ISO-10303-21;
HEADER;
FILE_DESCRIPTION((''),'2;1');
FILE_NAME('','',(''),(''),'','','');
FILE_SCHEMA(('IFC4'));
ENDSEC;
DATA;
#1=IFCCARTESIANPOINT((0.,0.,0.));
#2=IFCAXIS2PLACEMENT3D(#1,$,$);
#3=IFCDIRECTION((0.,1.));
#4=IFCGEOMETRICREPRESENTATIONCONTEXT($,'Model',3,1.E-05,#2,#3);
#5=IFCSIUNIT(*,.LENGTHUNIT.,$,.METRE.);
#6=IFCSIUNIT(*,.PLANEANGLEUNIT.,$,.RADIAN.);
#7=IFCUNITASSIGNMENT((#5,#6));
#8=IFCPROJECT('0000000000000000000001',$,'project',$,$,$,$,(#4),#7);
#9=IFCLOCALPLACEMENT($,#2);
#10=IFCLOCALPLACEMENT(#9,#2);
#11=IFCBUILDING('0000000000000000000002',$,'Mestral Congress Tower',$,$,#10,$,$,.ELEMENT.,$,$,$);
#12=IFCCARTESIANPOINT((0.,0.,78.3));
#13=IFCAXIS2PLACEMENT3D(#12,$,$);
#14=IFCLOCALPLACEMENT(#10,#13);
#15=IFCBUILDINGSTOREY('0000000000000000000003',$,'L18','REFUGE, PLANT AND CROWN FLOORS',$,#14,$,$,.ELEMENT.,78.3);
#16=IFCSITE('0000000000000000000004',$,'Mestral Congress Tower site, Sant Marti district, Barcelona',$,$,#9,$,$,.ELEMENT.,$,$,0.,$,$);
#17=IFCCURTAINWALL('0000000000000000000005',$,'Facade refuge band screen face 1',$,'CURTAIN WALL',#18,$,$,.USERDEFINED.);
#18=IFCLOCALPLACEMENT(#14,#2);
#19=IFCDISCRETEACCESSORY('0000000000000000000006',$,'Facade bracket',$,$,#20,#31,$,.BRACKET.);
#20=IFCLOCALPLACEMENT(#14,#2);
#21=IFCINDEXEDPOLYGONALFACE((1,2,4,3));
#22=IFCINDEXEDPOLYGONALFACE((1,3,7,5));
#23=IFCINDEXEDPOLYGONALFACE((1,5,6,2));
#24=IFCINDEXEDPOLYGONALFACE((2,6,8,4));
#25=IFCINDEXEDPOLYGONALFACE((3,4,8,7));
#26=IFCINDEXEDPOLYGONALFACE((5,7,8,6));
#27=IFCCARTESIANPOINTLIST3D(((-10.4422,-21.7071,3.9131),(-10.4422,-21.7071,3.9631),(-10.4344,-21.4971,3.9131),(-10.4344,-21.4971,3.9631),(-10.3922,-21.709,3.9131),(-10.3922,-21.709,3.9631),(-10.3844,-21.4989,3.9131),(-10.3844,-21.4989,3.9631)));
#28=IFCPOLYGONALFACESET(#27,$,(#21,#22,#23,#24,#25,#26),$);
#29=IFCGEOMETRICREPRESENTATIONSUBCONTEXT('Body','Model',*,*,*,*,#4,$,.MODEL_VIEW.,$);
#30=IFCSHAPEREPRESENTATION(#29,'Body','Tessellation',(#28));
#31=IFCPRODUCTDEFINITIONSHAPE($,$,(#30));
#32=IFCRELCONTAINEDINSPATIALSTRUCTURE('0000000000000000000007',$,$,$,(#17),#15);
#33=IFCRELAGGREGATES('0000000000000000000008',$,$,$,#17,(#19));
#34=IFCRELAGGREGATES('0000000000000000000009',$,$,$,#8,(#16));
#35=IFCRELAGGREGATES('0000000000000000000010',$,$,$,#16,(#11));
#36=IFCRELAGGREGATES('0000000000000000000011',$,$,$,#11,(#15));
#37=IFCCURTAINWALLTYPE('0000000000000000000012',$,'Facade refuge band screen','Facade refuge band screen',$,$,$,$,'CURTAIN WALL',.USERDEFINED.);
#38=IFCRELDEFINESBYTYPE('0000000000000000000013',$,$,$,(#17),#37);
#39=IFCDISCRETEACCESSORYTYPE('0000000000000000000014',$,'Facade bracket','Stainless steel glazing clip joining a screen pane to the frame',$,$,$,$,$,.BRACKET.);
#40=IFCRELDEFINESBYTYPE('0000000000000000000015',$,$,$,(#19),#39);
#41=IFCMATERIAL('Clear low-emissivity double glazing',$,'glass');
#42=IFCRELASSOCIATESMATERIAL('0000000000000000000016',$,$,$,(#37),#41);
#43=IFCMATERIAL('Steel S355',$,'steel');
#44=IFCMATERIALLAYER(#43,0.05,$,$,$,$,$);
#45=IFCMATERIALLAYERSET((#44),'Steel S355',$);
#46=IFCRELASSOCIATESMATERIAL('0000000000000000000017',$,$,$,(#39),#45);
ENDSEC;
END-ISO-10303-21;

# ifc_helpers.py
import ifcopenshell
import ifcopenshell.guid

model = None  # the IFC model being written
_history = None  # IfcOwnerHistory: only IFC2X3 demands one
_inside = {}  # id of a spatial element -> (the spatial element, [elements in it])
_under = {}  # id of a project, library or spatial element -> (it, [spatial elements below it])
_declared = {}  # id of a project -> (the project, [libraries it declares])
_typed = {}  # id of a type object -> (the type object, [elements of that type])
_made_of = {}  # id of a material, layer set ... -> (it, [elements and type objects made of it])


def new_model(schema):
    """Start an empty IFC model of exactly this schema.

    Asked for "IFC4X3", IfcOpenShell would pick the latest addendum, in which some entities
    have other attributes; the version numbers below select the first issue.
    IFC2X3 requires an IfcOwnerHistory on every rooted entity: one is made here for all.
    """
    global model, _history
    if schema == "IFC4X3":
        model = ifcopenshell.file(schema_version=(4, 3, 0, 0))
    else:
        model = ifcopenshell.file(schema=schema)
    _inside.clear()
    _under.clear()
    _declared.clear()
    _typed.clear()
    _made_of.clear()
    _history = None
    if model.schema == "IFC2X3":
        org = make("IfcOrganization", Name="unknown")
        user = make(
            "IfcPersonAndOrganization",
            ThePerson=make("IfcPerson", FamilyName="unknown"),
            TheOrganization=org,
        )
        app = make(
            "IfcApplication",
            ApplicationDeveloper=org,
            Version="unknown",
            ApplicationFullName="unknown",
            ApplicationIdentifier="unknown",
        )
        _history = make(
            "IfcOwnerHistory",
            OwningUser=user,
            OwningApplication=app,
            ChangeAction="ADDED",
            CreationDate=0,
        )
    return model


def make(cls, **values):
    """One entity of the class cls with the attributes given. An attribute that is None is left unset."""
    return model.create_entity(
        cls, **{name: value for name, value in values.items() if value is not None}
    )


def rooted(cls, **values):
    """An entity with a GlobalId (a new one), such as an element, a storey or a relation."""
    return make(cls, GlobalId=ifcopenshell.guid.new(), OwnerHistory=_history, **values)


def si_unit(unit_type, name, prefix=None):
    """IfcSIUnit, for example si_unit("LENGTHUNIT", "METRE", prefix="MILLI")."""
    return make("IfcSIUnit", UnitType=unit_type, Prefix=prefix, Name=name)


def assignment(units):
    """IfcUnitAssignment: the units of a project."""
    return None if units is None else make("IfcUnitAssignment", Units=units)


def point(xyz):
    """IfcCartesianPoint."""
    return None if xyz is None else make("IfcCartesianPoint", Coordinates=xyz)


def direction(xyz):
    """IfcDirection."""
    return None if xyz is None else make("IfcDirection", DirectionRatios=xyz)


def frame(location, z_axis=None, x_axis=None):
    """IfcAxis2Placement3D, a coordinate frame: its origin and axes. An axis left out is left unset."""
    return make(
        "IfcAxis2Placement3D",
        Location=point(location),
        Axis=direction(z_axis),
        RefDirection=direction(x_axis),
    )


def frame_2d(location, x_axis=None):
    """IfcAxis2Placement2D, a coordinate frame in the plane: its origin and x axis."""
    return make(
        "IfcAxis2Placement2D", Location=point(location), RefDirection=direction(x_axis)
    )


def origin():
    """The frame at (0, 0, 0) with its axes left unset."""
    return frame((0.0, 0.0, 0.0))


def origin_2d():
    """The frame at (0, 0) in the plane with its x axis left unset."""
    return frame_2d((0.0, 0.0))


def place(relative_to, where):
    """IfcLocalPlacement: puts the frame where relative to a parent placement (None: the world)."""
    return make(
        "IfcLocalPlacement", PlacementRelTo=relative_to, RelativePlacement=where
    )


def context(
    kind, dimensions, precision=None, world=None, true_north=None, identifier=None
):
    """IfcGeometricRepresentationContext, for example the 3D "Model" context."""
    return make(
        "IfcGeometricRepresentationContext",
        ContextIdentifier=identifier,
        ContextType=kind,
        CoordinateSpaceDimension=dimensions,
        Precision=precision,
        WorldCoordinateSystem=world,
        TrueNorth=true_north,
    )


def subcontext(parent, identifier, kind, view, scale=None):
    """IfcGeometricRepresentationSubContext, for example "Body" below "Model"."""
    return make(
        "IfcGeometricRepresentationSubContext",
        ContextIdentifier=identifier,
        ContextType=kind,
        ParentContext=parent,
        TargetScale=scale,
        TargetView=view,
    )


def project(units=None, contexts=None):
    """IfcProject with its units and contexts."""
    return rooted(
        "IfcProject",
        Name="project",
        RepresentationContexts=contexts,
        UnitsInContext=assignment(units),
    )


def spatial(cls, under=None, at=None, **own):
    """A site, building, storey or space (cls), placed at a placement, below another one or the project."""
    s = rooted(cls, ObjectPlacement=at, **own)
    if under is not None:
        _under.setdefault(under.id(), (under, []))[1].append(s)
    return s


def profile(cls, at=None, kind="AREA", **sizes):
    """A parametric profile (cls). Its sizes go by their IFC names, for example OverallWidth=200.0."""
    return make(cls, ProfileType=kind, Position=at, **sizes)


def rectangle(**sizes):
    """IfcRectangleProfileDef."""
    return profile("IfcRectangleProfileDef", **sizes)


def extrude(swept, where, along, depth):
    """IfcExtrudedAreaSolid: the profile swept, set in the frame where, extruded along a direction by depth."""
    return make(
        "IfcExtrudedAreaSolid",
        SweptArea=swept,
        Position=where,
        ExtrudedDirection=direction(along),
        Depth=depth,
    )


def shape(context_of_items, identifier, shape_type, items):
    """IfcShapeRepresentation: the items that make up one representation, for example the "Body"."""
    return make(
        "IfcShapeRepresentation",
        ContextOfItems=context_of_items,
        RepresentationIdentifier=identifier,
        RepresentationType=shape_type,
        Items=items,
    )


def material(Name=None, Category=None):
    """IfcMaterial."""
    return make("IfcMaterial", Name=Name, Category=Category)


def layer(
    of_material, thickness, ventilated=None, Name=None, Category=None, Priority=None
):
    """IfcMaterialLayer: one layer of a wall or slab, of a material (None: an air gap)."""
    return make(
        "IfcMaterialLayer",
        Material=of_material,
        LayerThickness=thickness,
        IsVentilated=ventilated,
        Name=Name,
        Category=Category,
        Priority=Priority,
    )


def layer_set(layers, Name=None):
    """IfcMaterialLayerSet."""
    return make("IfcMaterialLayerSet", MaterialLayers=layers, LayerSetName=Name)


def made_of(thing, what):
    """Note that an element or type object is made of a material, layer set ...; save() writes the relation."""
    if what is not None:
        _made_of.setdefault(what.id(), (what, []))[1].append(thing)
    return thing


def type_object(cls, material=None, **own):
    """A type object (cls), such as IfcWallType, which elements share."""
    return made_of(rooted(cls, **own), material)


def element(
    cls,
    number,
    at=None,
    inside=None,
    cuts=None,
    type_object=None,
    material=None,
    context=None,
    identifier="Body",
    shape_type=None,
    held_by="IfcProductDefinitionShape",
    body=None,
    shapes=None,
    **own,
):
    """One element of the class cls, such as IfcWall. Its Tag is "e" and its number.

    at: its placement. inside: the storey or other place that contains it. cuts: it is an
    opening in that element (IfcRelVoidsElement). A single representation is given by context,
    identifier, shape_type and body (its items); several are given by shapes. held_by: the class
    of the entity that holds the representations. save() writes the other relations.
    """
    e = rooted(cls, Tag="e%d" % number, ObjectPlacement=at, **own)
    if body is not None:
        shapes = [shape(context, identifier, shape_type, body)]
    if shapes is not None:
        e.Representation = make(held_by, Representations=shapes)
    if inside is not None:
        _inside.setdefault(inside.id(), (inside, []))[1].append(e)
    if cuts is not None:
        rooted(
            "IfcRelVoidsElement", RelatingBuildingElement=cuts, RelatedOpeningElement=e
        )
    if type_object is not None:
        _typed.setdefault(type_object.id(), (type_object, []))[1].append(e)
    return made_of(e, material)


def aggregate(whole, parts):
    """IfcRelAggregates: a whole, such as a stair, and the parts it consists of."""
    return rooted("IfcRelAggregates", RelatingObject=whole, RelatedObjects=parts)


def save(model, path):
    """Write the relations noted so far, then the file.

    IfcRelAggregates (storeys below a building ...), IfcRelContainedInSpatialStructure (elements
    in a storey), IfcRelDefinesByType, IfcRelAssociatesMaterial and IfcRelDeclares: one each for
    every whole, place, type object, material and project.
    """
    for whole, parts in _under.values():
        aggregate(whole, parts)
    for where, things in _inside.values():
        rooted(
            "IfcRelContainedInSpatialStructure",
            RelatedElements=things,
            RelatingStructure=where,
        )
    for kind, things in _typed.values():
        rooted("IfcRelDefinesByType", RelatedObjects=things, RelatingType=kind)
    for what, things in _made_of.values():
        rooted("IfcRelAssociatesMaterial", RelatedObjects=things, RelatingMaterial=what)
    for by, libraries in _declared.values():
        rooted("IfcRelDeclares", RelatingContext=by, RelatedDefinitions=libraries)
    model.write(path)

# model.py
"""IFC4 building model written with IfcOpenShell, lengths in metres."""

from ifc_helpers import new_model, si_unit, direction, frame, origin, origin_2d, place, context, subcontext, project, spatial, rectangle, extrude, material, layer, layer_set, type_object, element, aggregate, save


model = new_model("IFC4")

# Units and contexts
model_context = context("Model", 3, precision=1e-05, world=origin(), true_north=direction((0.0, 1.0)))
body_context = subcontext(model_context, "Body", "Model", "MODEL_VIEW")
ifc_project = project(units=[si_unit("LENGTHUNIT", "METRE"), si_unit("PLANEANGLEUNIT", "RADIAN")], contexts=[model_context])

# Site, building, storey
site_placement = place(None, origin())
site = spatial("IfcSite", under=ifc_project, at=site_placement, Name="Mestral Congress Tower site, Sant Marti district, Barcelona", CompositionType="ELEMENT", RefElevation=0.0)
building_placement = place(site_placement, origin())
building = spatial("IfcBuilding", under=site, at=building_placement, Name="Mestral Congress Tower", CompositionType="ELEMENT")
storey_placement = place(building_placement, frame((0.0, 0.0, 78.3)))
storey = spatial("IfcBuildingStorey", under=building, at=storey_placement, Name="L18", Description="REFUGE, PLANT AND CROWN FLOORS", CompositionType="ELEMENT", Elevation=78.3)

# Shared definitions
ifc_material_1 = material(Name="Steel S355", Category="steel")

# Curtain wall
ifc_material_2 = material(Name="Clear low-emissivity double glazing", Category="glass")
curtain_wall_type = type_object("IfcCurtainWallType", Name="Facade refuge band screen", Description="Facade refuge band screen", ElementType="CURTAIN WALL", PredefinedType="USERDEFINED", material=ifc_material_2)
curtain_wall_placement = place(storey_placement, origin())
curtain_wall = element("IfcCurtainWall", 1, at=curtain_wall_placement, inside=storey, type_object=curtain_wall_type, Name="Facade refuge band screen face 1", ObjectType="CURTAIN WALL", PredefinedType="USERDEFINED")

# Discrete accessory
ifc_layer_1 = layer(ifc_material_1, 0.05)
ifc_layer_set_1 = layer_set([ifc_layer_1], Name="Steel S355")
discrete_accessory_type = type_object("IfcDiscreteAccessoryType", Name="Facade bracket", Description="Stainless steel glazing clip joining a screen pane to the frame", PredefinedType="BRACKET", material=ifc_layer_set_1)
discrete_accessory_1_placement = place(storey_placement, frame((-10.4133, -21.603, 3.9131), z_axis=(0.0, 0.0, 1.0), x_axis=(0.999315, -0.037012, 0.0)))
discrete_accessory_1 = element("IfcDiscreteAccessory", 2, at=discrete_accessory_1_placement, type_object=discrete_accessory_type, Name="Facade bracket", PredefinedType="BRACKET", context=body_context, shape_type="SweptSolid", body=[
    extrude(rectangle(XDim=0.05, YDim=0.2102, at=origin_2d()), origin(), (0.0, 0.0, 1.0), 0.05),
])
aggregate(curtain_wall, [discrete_accessory_1])

save(model, "model.ifc")
